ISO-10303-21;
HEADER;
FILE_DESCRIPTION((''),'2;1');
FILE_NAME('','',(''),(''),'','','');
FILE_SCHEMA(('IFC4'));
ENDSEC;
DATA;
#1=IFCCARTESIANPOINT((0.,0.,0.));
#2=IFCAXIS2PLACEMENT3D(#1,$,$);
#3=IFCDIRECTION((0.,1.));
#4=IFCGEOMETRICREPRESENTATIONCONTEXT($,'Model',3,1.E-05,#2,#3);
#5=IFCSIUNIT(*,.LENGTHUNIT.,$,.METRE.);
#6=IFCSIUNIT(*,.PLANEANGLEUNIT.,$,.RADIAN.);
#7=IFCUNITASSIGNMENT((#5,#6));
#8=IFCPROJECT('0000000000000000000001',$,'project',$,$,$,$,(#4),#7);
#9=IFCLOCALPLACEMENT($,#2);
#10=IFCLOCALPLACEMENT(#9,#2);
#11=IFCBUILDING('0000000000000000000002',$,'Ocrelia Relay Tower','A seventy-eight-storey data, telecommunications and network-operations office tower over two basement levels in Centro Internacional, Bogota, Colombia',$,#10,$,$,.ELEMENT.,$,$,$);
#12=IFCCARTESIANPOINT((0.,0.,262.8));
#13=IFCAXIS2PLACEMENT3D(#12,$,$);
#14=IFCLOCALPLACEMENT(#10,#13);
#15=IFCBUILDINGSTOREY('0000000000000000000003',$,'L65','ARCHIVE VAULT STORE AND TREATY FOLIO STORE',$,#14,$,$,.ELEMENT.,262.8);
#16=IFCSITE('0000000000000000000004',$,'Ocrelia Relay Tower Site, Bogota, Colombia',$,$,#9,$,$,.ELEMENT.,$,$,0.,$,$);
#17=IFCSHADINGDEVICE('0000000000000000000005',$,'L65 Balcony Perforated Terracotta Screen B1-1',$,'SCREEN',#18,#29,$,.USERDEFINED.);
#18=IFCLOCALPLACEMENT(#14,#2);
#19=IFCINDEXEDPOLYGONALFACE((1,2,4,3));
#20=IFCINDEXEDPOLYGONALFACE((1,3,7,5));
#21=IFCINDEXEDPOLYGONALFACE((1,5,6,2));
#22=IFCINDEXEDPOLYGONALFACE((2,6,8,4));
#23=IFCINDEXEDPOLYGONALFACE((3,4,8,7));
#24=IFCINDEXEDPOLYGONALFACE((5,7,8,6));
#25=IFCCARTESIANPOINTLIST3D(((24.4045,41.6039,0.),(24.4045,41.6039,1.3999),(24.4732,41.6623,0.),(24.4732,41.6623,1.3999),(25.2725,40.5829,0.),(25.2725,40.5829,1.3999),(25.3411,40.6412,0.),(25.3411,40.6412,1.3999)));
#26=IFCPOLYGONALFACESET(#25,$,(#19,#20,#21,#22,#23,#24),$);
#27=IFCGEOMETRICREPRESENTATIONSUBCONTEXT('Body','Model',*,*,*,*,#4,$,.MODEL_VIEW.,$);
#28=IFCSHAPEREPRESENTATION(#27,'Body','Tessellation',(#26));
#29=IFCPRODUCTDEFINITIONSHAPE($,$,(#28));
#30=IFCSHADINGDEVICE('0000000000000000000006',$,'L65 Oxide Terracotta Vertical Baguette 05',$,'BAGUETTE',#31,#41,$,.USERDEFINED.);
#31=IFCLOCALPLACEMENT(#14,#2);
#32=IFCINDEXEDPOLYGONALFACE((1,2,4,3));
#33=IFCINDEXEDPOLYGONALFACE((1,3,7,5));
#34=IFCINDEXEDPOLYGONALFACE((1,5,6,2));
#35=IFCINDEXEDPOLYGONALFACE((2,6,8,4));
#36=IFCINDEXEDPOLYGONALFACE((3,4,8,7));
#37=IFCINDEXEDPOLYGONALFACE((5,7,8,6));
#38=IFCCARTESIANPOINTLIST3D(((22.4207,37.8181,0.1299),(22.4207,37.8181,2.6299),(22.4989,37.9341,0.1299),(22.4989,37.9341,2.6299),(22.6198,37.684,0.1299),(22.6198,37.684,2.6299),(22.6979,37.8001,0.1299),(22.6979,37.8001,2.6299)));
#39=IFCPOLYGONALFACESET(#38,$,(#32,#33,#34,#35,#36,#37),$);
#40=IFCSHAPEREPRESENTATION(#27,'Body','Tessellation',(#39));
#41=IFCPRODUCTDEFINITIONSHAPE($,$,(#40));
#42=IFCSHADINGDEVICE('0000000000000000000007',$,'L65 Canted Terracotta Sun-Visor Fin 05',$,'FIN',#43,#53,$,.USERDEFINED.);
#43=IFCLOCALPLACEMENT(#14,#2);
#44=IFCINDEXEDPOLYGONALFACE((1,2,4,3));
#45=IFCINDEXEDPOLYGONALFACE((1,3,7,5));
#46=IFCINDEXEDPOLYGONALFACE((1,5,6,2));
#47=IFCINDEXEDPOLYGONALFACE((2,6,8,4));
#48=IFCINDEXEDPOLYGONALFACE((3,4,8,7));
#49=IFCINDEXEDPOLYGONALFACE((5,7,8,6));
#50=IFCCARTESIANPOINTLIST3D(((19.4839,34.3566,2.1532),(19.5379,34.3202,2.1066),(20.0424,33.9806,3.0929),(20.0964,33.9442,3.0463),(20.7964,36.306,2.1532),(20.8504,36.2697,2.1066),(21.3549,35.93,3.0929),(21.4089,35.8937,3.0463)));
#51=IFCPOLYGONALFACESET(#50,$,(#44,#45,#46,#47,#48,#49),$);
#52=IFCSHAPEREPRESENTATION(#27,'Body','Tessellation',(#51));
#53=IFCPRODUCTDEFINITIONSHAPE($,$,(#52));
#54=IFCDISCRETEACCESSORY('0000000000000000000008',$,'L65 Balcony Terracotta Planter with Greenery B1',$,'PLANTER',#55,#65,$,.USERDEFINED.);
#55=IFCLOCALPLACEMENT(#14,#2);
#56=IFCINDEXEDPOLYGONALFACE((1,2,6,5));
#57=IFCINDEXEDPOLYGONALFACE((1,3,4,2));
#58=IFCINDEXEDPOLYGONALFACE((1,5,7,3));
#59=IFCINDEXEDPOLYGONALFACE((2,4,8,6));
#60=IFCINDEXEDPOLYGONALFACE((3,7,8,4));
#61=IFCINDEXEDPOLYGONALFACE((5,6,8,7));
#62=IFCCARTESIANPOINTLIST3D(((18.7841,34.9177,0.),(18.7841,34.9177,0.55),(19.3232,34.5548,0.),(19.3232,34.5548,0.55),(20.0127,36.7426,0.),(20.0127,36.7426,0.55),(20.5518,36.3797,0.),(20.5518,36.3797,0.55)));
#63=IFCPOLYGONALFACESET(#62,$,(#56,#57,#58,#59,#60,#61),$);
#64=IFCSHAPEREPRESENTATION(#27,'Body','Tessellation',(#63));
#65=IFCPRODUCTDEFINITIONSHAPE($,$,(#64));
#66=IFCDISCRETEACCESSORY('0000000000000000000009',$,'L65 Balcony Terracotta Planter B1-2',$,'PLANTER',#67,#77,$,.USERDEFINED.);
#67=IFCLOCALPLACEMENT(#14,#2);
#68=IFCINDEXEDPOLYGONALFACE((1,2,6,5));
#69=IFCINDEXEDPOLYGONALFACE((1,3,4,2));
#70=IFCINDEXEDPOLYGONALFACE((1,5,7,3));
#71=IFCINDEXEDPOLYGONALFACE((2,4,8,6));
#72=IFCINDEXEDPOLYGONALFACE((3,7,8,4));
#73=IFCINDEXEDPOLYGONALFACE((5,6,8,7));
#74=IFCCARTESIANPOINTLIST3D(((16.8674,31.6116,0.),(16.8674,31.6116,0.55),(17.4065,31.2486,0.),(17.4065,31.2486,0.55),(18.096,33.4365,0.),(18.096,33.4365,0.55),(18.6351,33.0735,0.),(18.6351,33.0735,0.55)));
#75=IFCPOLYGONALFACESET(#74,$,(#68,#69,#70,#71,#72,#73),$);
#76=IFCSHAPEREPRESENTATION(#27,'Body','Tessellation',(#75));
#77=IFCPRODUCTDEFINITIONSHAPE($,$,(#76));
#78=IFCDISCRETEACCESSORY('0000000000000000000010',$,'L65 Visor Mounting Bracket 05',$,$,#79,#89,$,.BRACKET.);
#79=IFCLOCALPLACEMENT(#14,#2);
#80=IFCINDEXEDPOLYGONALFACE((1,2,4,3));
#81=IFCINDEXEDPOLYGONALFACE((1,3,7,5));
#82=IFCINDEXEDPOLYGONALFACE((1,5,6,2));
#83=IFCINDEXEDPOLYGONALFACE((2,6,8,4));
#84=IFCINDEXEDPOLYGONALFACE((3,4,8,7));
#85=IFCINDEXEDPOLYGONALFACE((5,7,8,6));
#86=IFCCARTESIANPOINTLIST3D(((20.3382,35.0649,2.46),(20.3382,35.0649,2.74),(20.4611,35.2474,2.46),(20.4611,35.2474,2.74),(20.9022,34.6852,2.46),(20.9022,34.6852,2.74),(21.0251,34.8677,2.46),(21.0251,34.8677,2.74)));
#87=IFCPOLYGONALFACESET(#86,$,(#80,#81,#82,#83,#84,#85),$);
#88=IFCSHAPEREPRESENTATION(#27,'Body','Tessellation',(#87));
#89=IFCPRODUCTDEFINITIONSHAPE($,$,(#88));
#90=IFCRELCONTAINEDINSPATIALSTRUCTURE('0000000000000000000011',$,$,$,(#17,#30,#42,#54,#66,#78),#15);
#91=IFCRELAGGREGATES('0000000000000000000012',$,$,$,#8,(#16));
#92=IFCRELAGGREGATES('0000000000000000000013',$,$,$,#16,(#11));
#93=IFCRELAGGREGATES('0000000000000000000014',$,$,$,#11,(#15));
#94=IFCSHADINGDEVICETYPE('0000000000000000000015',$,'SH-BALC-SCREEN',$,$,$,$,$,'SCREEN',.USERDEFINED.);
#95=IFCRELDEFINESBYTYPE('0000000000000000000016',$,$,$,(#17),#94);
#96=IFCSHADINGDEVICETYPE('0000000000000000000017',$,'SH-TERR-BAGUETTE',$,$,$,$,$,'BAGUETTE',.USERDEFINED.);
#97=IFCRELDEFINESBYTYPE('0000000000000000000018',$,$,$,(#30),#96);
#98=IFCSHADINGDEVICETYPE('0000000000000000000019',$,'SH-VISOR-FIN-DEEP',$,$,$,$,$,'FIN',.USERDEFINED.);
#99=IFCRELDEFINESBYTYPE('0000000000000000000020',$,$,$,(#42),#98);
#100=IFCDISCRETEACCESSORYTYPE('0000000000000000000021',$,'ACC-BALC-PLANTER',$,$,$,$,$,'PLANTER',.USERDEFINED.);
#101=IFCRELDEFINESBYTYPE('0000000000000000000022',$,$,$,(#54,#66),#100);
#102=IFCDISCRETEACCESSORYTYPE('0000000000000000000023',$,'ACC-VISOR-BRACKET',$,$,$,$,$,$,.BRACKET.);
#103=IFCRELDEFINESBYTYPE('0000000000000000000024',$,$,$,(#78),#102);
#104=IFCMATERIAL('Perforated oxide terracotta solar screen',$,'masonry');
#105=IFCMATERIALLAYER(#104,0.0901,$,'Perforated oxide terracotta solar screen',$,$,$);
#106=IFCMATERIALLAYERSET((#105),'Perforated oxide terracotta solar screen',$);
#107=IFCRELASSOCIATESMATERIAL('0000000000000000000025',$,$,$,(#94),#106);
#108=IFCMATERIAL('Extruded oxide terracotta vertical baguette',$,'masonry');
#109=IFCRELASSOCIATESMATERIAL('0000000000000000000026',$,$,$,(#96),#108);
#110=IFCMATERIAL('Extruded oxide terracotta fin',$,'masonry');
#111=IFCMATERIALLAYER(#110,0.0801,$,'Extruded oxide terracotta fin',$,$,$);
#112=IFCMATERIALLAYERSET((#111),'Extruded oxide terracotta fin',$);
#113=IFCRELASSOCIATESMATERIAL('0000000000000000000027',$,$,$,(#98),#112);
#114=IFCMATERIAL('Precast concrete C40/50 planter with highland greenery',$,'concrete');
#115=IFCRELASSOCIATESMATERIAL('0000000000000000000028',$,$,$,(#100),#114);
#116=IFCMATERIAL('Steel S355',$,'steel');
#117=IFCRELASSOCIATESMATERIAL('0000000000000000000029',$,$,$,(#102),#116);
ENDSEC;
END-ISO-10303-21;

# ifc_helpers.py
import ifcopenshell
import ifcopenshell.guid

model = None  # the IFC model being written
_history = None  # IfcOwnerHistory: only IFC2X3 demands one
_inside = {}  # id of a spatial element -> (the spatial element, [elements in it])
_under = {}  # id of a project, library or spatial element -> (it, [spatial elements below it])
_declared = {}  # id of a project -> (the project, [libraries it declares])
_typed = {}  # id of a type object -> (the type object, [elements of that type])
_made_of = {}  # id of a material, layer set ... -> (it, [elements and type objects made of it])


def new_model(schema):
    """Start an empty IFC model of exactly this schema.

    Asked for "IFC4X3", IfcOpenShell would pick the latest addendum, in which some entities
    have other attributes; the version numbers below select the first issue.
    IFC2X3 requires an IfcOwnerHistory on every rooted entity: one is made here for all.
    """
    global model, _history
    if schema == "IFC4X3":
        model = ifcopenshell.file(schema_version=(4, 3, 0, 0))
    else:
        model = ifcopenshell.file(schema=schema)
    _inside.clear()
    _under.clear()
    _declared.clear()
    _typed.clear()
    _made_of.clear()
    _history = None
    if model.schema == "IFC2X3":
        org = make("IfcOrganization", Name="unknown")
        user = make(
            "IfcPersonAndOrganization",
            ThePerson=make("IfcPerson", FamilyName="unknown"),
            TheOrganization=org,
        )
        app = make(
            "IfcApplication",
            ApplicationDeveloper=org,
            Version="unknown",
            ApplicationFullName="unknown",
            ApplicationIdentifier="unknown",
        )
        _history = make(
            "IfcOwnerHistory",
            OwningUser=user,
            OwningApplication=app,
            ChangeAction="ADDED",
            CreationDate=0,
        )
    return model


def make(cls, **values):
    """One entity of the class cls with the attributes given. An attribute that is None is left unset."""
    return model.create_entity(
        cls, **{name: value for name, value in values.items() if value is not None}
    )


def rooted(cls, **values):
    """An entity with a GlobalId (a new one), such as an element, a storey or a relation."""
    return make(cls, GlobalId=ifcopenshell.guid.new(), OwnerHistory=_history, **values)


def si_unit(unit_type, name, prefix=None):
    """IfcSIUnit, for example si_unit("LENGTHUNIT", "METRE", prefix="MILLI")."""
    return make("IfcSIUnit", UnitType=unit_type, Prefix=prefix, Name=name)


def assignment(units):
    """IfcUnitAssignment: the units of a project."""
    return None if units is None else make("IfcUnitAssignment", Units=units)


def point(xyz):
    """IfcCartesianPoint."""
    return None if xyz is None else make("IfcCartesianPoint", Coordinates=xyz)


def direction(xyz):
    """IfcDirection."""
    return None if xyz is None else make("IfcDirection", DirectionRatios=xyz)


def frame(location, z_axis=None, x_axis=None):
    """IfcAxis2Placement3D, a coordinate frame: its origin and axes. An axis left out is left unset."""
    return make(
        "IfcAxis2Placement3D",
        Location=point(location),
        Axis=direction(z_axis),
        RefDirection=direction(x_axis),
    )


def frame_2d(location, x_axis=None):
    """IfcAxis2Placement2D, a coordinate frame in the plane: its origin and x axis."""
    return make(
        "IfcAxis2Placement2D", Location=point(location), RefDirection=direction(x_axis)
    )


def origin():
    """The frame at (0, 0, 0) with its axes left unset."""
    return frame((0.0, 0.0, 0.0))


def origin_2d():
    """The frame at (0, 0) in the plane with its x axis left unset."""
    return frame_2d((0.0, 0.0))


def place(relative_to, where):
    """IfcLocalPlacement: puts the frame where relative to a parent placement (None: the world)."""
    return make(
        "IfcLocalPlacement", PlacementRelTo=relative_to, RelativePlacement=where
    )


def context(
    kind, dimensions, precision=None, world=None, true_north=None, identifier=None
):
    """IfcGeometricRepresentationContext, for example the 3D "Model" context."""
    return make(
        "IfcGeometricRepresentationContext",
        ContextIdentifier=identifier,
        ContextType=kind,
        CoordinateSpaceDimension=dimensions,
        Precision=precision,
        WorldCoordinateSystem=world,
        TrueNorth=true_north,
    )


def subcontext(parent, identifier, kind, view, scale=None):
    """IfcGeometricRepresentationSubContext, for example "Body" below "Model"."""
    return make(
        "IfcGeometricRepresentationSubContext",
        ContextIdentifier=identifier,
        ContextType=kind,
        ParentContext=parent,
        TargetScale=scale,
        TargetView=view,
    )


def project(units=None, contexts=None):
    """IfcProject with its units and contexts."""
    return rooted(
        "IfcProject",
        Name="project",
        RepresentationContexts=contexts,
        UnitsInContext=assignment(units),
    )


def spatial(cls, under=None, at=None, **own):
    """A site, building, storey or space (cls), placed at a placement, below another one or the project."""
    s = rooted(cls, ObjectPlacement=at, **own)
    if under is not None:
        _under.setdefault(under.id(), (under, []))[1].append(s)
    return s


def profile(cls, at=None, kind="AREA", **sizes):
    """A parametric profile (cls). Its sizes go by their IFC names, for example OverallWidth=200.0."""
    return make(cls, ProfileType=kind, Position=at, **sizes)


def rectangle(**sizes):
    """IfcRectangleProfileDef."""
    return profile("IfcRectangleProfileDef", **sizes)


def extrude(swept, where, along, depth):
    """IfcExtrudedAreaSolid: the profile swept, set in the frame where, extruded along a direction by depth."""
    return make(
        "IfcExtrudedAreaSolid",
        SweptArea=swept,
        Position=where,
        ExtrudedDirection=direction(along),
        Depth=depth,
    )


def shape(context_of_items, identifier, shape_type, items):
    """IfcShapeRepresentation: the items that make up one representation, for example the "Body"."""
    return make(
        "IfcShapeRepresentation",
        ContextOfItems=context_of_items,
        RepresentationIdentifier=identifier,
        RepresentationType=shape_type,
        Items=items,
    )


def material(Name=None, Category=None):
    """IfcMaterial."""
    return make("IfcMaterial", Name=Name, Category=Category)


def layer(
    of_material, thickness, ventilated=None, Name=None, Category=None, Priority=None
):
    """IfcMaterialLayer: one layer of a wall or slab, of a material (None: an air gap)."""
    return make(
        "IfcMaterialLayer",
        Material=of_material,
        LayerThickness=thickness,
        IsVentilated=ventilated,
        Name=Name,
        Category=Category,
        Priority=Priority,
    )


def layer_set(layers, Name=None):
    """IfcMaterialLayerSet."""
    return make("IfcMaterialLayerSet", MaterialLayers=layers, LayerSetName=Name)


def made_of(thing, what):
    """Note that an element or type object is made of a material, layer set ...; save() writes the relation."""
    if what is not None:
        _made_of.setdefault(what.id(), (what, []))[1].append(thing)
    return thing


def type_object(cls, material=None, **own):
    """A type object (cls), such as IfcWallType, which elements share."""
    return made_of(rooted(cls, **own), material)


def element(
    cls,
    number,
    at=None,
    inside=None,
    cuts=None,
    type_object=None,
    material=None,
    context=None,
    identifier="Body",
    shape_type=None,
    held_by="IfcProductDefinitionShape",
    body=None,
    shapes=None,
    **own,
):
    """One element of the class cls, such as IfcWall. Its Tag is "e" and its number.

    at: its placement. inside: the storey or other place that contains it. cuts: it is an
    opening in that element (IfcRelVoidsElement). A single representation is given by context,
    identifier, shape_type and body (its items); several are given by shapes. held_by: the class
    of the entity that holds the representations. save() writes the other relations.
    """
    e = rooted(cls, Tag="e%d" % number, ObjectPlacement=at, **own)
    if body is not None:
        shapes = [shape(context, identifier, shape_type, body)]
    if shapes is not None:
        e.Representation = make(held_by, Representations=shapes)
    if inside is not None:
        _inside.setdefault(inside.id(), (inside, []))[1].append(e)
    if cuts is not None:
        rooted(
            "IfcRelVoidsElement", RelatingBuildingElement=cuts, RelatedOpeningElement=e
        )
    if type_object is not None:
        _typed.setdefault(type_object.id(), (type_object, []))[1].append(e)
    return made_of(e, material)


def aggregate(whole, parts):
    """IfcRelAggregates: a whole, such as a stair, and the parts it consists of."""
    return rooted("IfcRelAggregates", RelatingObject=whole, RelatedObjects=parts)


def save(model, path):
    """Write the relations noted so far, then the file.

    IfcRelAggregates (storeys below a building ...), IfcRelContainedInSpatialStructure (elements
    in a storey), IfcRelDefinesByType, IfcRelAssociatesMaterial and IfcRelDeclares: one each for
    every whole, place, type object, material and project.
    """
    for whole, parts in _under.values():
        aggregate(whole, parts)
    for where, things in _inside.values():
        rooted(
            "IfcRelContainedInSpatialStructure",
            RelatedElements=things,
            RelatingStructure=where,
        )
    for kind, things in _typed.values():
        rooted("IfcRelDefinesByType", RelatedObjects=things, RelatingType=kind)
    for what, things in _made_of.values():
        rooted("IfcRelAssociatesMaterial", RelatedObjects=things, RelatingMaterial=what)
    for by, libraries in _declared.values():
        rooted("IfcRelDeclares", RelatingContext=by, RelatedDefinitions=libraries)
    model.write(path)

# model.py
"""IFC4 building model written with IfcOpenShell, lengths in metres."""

from ifc_helpers import new_model, si_unit, direction, frame, origin, origin_2d, place, context, subcontext, project, spatial, rectangle, extrude, material, layer, layer_set, type_object, element, save


model = new_model("IFC4")

# Units and contexts
model_context = context("Model", 3, precision=1e-05, world=origin(), true_north=direction((0.0, 1.0)))
body_context = subcontext(model_context, "Body", "Model", "MODEL_VIEW")
ifc_project = project(units=[si_unit("LENGTHUNIT", "METRE"), si_unit("PLANEANGLEUNIT", "RADIAN")], contexts=[model_context])

# Site, building, storey
site_placement = place(None, origin())
site = spatial("IfcSite", under=ifc_project, at=site_placement, Name="Ocrelia Relay Tower Site, Bogota, Colombia", CompositionType="ELEMENT", RefElevation=0.0)
building_placement = place(site_placement, origin())
building = spatial("IfcBuilding", under=site, at=building_placement, Name="Ocrelia Relay Tower", Description="A seventy-eight-storey data, telecommunications and network-operations office tower over two basement levels in Centro Internacional, Bogota, Colombia", CompositionType="ELEMENT")
storey_placement = place(building_placement, frame((0.0, 0.0, 262.8)))
storey = spatial("IfcBuildingStorey", under=building, at=storey_placement, Name="L65", Description="ARCHIVE VAULT STORE AND TREATY FOLIO STORE", CompositionType="ELEMENT", Elevation=262.8)

# Shared definitions
ifc_material_1 = material(Name="Steel S355", Category="steel")

# Shading devices
ifc_material_2 = material(Name="Perforated oxide terracotta solar screen", Category="masonry")
ifc_layer_1 = layer(ifc_material_2, 0.0901, Name="Perforated oxide terracotta solar screen")
ifc_layer_set_1 = layer_set([ifc_layer_1], Name="Perforated oxide terracotta solar screen")
shading_device_type_1 = type_object("IfcShadingDeviceType", Name="SH-BALC-SCREEN", ElementType="SCREEN", PredefinedType="USERDEFINED", material=ifc_layer_set_1)
shading_device_1_placement = place(storey_placement, frame((24.8728, 41.1226, 0.0), z_axis=(0.0, 0.0, 1.0), x_axis=(-0.647671, 0.76192, 0.0)))
element("IfcShadingDevice", 1, at=shading_device_1_placement, inside=storey, type_object=shading_device_type_1, Name="L65 Balcony Perforated Terracotta Screen B1-1", ObjectType="SCREEN", PredefinedType="USERDEFINED", context=body_context, shape_type="SweptSolid", body=[
    extrude(rectangle(XDim=1.3401, YDim=0.0901, at=origin_2d()), origin(), (0.0, 0.0, 1.0), 1.3999),
])
ifc_material_3 = material(Name="Extruded oxide terracotta vertical baguette", Category="masonry")
shading_device_type_2 = type_object("IfcShadingDeviceType", Name="SH-TERR-BAGUETTE", ElementType="BAGUETTE", PredefinedType="USERDEFINED", material=ifc_material_3)
shading_device_2_placement = place(storey_placement, frame((22.5593, 37.8091, 0.1299), z_axis=(0.0, 0.0, 1.0), x_axis=(-0.558476, -0.829521, 0.0)))
element("IfcShadingDevice", 2, at=shading_device_2_placement, inside=storey, type_object=shading_device_type_2, Name="L65 Oxide Terracotta Vertical Baguette 05", ObjectType="BAGUETTE", PredefinedType="USERDEFINED", context=body_context, shape_type="SweptSolid", body=[
    extrude(rectangle(XDim=0.1399, YDim=0.24, at=origin_2d()), origin(), (0.0, 0.0, 1.0), 2.5),
])
ifc_material_4 = material(Name="Extruded oxide terracotta fin", Category="masonry")
ifc_layer_2 = layer(ifc_material_4, 0.0801, Name="Extruded oxide terracotta fin")
ifc_layer_set_2 = layer_set([ifc_layer_2], Name="Extruded oxide terracotta fin")
shading_device_type_3 = type_object("IfcShadingDeviceType", Name="SH-VISOR-FIN-DEEP", ElementType="FIN", PredefinedType="USERDEFINED", material=ifc_layer_set_2)
shading_device_3_placement = place(storey_placement, frame((20.4734, 35.1069, 2.5764), z_axis=(-0.674316, 0.453983, 0.582407), x_axis=(-0.558476, -0.829521, 0.0)))
element("IfcShadingDevice", 3, at=shading_device_3_placement, inside=storey, type_object=shading_device_type_3, Name="L65 Canted Terracotta Sun-Visor Fin 05", ObjectType="FIN", PredefinedType="USERDEFINED", context=body_context, shape_type="SweptSolid", body=[
    extrude(rectangle(XDim=2.3501, YDim=1.156, at=origin_2d()), origin(), (0.0, 0.0, 1.0), 0.0801),
])

# Discrete accessories
ifc_material_5 = material(Name="Precast concrete C40/50 planter with highland greenery", Category="concrete")
discrete_accessory_type_1 = type_object("IfcDiscreteAccessoryType", Name="ACC-BALC-PLANTER", ElementType="PLANTER", PredefinedType="USERDEFINED", material=ifc_material_5)
for number, where, z_axis, x_axis, name in (
    (4, (19.668, 35.6487, 0.0), (0.0, 0.0, 1.0), (0.558475, 0.829521, 0.0), "L65 Balcony Terracotta Planter with Greenery B1"),
    (5, (17.7512, 32.3425, 0.0), (0.0, 0.0, 1.0), (0.558475, 0.829521, 0.0), "L65 Balcony Terracotta Planter B1-2"),
):
    element("IfcDiscreteAccessory", number, at=place(storey_placement, frame(where, z_axis=z_axis, x_axis=x_axis)), inside=storey, type_object=discrete_accessory_type_1, Name=name, ObjectType="PLANTER", PredefinedType="USERDEFINED", context=body_context, shape_type="SweptSolid", body=[
        extrude(rectangle(XDim=2.2, YDim=0.6499, at=origin_2d()), origin(), (0.0, 0.0, 1.0), 0.55),
    ])
discrete_accessory_type_2 = type_object("IfcDiscreteAccessoryType", Name="ACC-VISOR-BRACKET", PredefinedType="BRACKET", material=ifc_material_1)
discrete_accessory_placement = place(storey_placement, frame((20.6816, 34.9663, 2.46), z_axis=(0.0, 0.0, 1.0), x_axis=(-0.558476, -0.829521, 0.0)))
element("IfcDiscreteAccessory", 6, at=discrete_accessory_placement, inside=storey, type_object=discrete_accessory_type_2, Name="L65 Visor Mounting Bracket 05", PredefinedType="BRACKET", context=body_context, shape_type="SweptSolid", body=[
    extrude(rectangle(XDim=0.22, YDim=0.6799, at=origin_2d()), origin(), (0.0, 0.0, 1.0), 0.28),
])

save(model, "model.ifc")
